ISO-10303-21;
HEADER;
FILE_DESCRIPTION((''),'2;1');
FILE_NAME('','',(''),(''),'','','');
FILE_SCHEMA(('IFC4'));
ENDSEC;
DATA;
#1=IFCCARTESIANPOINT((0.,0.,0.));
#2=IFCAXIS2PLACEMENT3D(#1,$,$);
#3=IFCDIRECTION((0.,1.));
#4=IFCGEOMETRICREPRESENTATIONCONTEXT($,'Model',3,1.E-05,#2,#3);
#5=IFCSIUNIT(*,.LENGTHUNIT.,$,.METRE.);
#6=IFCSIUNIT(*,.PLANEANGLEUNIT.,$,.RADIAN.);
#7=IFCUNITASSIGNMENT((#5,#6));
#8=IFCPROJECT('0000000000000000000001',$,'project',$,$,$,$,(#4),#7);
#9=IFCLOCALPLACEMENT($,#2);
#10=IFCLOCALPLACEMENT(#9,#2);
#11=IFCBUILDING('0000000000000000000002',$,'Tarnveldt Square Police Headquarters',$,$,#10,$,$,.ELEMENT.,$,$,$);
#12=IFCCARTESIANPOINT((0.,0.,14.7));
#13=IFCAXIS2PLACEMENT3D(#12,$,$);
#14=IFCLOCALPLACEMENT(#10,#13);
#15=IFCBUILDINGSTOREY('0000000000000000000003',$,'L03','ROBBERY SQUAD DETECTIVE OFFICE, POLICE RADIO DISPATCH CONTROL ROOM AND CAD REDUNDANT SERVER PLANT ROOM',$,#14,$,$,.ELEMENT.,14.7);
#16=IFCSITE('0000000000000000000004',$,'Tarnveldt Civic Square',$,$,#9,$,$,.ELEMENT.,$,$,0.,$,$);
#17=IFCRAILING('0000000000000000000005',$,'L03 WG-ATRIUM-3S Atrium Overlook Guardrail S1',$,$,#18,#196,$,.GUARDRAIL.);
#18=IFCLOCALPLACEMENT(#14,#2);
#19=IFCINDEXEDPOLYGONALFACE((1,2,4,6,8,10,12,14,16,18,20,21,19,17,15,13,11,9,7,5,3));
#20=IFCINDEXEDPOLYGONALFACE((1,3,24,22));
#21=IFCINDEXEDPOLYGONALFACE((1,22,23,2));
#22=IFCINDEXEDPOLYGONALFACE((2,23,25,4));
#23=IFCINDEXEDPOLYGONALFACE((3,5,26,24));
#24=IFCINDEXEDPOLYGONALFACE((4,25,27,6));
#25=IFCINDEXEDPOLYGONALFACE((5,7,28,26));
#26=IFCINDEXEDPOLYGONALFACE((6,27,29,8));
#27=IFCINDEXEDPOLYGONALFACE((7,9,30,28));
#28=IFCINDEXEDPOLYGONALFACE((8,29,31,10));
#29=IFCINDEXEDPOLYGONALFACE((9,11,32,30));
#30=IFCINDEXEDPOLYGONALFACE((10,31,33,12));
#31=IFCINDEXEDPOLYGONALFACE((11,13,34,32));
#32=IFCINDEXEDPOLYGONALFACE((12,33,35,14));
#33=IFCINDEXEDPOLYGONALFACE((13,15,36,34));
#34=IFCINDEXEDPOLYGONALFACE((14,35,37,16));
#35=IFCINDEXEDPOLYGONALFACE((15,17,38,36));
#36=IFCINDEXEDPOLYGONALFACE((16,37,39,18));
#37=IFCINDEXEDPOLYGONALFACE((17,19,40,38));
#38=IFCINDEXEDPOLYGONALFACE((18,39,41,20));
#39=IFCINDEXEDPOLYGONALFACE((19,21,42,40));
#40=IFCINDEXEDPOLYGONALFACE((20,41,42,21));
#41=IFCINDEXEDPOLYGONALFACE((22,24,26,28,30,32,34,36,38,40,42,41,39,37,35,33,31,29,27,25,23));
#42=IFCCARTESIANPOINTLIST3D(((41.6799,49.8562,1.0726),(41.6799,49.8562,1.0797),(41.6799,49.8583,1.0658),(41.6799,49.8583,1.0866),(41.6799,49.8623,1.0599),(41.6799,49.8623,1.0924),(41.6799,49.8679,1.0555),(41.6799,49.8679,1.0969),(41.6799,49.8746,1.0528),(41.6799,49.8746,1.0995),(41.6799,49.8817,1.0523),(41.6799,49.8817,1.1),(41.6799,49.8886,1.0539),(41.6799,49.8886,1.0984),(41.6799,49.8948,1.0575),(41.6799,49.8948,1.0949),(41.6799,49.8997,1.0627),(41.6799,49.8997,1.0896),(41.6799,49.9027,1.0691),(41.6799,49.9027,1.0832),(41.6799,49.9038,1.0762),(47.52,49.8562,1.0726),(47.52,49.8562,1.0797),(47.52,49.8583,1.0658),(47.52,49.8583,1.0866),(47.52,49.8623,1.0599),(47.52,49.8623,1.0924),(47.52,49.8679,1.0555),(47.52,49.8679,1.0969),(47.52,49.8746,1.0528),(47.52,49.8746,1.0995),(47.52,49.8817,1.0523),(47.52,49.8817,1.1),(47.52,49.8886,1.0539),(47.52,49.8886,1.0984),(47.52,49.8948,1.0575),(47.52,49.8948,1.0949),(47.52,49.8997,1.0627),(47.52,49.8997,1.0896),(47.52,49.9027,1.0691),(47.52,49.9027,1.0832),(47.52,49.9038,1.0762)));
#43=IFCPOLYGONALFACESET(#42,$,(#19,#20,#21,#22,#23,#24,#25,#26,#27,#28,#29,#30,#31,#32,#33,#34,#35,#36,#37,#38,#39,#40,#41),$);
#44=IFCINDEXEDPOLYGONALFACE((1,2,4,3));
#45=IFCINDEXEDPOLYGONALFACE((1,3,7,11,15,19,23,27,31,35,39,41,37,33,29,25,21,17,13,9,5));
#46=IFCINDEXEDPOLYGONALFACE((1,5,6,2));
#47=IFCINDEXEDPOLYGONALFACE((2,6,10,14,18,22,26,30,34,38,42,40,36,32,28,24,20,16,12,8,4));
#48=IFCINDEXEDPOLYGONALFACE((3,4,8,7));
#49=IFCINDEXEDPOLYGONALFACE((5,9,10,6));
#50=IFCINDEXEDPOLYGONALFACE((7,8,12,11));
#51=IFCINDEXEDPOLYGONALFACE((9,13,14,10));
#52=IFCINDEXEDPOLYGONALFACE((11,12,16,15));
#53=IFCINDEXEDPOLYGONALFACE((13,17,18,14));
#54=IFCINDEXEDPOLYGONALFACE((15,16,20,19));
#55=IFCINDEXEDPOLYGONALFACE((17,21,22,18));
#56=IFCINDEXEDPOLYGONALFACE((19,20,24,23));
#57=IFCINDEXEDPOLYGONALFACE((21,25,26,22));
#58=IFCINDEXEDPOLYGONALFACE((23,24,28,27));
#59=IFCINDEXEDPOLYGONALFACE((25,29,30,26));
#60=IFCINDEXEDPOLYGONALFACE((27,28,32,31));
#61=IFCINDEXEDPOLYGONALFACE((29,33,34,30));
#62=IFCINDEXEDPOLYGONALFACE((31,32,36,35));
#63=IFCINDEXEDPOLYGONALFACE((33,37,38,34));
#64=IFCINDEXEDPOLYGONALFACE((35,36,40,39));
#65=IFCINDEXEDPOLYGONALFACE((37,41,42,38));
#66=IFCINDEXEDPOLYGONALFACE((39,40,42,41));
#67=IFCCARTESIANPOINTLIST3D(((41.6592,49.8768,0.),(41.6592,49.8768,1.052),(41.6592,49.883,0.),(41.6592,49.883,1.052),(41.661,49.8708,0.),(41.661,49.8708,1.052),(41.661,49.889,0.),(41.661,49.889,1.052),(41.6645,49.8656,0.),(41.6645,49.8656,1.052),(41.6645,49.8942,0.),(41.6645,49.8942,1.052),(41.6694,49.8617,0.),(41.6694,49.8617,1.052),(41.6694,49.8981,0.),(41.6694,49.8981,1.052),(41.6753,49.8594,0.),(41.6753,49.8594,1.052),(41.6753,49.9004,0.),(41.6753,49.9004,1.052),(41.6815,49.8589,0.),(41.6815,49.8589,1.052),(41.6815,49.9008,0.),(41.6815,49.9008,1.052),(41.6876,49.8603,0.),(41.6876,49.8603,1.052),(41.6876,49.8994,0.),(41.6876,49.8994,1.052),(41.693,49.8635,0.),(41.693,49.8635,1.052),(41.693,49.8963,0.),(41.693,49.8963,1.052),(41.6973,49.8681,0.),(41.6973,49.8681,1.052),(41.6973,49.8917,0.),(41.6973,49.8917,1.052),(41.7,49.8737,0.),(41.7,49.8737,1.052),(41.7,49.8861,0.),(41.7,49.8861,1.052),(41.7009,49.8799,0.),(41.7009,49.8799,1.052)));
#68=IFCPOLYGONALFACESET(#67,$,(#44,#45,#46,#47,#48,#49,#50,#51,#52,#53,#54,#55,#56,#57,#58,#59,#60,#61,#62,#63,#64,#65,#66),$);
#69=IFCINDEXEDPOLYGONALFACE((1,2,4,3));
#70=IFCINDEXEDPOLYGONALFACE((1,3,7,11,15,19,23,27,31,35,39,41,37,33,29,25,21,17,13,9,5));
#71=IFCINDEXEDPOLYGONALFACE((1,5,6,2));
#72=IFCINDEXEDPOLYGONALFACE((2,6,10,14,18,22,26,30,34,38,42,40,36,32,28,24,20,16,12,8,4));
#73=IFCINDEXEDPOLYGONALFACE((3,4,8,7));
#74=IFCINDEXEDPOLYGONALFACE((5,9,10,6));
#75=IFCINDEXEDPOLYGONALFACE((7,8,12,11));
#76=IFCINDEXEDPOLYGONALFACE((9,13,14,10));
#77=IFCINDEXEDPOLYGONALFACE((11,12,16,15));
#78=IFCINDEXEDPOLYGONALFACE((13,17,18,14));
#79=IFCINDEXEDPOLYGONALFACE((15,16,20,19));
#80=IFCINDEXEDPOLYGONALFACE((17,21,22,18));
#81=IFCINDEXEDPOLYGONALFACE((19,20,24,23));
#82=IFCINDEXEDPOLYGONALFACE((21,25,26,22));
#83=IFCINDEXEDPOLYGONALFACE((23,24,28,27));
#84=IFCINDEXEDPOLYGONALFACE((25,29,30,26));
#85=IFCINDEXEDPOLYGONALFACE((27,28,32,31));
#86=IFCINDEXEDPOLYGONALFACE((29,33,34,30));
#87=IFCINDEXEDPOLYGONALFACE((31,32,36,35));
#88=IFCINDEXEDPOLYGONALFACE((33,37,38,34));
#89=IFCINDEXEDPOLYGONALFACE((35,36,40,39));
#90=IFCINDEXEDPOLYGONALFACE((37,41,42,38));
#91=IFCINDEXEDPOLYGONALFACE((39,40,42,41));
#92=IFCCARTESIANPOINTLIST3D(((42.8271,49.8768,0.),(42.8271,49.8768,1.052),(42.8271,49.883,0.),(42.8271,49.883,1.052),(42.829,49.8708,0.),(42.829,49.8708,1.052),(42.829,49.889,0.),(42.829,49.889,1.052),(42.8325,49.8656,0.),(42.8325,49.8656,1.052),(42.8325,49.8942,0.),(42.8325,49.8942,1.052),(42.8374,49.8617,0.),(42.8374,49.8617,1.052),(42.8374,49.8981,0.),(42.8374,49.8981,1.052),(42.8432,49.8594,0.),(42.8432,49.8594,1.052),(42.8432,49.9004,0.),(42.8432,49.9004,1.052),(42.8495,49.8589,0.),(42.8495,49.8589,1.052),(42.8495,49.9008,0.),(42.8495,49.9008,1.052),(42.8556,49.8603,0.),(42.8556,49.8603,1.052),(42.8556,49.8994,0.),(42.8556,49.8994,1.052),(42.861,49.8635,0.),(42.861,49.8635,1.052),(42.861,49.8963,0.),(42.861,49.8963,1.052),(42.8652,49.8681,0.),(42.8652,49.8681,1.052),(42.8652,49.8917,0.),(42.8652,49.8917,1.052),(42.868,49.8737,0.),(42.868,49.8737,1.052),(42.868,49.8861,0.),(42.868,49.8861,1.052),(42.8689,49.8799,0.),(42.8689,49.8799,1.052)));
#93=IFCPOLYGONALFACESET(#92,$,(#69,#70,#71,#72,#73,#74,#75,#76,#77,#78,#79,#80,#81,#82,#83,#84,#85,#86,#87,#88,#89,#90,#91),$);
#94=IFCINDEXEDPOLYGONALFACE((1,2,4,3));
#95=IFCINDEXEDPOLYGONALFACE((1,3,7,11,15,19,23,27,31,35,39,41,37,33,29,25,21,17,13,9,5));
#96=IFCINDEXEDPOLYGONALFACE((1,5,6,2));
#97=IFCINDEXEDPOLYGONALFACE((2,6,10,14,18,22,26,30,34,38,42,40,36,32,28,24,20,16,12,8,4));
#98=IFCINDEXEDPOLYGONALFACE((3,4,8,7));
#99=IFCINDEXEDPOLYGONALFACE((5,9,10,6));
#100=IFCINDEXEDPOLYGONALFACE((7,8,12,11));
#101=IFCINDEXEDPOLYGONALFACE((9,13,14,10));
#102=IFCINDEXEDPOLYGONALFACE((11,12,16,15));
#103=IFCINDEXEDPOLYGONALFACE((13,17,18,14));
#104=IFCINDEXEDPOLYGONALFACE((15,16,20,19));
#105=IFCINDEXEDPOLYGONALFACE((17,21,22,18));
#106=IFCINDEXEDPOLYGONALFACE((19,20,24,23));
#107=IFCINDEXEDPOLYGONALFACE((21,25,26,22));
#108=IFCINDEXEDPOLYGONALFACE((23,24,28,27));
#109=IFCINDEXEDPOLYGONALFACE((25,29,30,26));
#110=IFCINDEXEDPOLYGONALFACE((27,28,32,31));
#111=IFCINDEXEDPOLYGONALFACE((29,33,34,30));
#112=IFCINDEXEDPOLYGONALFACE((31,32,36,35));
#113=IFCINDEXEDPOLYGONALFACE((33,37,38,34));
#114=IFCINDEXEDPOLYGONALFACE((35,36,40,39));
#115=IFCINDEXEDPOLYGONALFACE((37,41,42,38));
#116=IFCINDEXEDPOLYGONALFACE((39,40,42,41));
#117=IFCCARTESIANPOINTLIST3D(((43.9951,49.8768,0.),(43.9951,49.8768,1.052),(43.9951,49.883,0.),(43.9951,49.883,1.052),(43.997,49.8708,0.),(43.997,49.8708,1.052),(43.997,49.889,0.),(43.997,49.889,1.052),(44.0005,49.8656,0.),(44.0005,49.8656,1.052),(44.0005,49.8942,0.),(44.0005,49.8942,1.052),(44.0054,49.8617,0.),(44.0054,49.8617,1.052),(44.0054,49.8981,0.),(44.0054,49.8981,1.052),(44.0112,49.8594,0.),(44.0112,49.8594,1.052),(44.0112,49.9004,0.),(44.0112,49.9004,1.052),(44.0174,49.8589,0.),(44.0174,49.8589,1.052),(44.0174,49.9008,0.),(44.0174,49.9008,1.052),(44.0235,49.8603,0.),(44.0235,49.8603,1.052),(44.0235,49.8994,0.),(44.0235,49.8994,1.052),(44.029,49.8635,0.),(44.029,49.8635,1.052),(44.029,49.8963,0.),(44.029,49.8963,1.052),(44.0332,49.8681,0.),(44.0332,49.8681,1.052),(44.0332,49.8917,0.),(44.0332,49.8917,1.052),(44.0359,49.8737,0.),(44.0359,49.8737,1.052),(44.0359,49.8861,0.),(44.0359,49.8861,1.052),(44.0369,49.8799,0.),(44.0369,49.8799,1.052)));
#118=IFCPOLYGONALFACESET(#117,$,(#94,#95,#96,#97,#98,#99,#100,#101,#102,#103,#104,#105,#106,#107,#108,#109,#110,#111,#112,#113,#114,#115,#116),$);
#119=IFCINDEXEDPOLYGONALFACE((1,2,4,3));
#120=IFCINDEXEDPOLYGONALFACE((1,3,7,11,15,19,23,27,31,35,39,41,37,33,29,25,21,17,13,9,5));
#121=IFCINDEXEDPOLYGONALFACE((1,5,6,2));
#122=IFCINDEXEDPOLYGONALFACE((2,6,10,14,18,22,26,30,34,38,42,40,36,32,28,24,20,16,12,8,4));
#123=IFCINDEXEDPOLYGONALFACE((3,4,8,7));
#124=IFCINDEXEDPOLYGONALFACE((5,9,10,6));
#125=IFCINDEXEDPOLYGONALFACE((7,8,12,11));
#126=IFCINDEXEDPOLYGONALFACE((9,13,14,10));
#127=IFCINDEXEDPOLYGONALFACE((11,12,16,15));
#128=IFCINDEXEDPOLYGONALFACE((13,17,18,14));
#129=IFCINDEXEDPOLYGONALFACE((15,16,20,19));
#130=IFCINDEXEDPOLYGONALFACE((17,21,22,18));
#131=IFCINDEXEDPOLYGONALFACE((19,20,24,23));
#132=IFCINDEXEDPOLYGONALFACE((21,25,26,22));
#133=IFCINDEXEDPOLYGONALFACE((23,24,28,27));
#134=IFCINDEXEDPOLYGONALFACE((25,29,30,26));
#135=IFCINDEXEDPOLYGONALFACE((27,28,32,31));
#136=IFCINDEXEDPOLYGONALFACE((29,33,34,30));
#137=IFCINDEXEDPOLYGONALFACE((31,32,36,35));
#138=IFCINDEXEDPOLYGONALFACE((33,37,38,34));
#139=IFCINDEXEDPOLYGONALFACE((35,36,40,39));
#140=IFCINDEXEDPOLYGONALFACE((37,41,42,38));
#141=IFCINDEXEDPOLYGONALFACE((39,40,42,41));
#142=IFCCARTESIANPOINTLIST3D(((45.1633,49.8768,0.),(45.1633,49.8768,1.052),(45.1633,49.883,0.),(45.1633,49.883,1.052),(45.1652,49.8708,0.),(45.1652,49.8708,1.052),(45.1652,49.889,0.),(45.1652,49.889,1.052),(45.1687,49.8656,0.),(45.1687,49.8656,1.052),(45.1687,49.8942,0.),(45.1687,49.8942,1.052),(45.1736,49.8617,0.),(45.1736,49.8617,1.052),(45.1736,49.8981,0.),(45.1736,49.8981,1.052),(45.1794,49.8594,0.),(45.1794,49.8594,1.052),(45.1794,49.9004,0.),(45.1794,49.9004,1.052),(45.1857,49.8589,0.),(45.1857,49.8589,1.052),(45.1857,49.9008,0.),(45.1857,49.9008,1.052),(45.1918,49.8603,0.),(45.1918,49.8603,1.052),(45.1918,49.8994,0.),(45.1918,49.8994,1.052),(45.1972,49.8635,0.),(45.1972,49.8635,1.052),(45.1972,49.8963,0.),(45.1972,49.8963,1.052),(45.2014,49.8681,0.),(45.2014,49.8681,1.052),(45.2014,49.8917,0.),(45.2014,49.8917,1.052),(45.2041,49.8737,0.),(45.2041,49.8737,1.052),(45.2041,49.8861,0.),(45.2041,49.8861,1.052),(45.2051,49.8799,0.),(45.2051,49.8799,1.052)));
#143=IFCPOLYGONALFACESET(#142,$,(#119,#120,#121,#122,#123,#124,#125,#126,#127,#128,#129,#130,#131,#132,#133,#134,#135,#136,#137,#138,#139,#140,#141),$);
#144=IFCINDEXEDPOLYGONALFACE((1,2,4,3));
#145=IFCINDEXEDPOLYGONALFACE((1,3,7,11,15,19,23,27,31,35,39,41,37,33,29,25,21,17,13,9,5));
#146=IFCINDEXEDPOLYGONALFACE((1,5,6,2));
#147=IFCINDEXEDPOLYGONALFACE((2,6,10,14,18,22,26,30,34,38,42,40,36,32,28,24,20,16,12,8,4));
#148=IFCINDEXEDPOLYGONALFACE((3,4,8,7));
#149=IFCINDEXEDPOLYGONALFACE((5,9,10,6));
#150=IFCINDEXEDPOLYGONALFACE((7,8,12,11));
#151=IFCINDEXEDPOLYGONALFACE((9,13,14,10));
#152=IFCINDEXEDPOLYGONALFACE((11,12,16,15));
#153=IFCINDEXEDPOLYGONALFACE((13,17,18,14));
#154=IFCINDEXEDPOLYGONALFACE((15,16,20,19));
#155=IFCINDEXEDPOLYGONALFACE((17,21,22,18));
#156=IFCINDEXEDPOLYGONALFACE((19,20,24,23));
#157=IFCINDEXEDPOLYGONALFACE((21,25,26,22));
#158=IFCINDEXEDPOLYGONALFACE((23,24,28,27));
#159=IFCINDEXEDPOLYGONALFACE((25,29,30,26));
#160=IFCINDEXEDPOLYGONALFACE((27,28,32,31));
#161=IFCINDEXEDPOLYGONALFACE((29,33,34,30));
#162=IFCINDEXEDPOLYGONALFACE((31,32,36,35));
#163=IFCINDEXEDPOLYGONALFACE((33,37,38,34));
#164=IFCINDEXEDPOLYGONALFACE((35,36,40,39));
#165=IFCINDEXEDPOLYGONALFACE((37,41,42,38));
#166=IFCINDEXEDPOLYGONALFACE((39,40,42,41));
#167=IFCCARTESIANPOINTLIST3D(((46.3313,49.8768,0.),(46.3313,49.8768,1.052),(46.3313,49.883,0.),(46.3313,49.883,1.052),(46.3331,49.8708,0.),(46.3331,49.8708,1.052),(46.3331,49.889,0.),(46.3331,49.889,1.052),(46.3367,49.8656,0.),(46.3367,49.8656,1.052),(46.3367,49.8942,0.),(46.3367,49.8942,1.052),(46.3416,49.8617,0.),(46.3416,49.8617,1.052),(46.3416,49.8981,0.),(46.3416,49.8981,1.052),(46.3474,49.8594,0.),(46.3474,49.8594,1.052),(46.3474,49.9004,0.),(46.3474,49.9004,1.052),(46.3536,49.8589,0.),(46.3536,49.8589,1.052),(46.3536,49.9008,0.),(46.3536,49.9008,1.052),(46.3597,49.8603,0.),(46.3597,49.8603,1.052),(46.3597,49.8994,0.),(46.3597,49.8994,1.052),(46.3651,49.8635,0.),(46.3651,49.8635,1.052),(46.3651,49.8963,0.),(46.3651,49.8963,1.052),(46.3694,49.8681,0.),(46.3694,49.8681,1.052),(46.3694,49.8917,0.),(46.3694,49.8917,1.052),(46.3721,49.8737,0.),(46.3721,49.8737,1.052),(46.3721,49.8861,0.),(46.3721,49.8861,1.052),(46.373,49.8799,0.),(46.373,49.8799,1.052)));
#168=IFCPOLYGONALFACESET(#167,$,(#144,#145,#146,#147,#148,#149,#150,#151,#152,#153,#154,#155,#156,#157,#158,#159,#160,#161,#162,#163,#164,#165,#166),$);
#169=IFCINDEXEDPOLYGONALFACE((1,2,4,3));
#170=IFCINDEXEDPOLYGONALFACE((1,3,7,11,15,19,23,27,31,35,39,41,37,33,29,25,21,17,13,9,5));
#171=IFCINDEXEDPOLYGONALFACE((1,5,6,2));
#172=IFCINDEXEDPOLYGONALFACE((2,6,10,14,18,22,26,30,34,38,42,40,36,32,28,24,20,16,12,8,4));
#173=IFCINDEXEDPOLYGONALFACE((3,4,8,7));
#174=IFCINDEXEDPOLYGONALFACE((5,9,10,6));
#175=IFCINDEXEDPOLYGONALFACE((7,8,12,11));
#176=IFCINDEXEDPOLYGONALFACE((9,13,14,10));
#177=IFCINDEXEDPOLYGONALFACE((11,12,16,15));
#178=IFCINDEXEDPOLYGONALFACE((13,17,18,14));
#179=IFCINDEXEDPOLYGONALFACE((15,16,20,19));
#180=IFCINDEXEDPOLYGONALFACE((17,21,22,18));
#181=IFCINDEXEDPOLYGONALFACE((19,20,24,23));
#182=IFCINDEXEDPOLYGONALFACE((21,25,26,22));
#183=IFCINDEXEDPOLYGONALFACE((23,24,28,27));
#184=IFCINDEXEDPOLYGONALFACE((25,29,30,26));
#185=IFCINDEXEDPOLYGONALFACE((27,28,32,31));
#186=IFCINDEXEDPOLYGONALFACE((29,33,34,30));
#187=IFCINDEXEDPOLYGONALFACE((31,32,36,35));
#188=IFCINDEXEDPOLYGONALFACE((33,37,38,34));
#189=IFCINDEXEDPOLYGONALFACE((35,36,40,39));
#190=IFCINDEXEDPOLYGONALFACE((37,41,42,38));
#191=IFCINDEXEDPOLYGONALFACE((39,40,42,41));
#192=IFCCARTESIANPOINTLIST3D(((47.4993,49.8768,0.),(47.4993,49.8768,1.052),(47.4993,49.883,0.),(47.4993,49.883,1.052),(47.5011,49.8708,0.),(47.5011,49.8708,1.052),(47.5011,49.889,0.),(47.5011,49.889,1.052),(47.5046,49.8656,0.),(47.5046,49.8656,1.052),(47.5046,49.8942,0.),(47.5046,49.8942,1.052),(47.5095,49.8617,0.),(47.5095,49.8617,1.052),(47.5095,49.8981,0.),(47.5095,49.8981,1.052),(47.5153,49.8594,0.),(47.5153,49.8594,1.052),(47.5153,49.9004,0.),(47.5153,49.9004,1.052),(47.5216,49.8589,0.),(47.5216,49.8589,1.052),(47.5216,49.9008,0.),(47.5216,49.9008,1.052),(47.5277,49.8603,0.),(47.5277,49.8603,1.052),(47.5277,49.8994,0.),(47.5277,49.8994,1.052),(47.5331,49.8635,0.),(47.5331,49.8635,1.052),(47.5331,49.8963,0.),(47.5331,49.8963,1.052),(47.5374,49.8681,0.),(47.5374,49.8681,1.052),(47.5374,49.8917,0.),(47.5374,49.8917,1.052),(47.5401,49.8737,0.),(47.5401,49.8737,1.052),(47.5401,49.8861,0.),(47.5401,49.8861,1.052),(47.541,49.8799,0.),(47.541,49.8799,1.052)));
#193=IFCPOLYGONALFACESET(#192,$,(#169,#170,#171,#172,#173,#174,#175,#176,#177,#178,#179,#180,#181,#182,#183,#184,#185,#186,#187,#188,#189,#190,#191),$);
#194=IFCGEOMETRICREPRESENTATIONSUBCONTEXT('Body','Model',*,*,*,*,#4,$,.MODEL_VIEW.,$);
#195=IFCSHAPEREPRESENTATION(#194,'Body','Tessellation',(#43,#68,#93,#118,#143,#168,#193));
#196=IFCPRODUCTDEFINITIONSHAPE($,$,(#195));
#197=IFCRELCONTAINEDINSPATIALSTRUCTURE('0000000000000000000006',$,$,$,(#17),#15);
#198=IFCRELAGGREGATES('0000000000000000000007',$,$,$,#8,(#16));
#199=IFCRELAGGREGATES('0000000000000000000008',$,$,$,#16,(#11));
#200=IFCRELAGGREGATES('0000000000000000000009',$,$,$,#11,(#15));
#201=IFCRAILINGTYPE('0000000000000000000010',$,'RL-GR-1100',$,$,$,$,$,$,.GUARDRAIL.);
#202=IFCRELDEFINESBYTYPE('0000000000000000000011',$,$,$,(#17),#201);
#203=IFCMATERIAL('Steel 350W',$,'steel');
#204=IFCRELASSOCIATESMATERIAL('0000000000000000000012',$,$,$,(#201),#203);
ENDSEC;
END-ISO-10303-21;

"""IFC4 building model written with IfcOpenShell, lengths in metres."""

from ifc_helpers import new_model, si_unit, direction, frame, origin, origin_2d, place, context, subcontext, project, spatial, circle, extrude, material, type_object, element, save


model = new_model("IFC4")

# Units and contexts
model_context = context("Model", 3, precision=1e-05, world=origin(), true_north=direction((0.0, 1.0)))
body_context = subcontext(model_context, "Body", "Model", "MODEL_VIEW")
ifc_project = project(units=[si_unit("LENGTHUNIT", "METRE"), si_unit("PLANEANGLEUNIT", "RADIAN")], contexts=[model_context])

# Site, building, storey
site_placement = place(None, origin())
site = spatial("IfcSite", under=ifc_project, at=site_placement, Name="Tarnveldt Civic Square", CompositionType="ELEMENT", RefElevation=0.0)
building_placement = place(site_placement, origin())
building = spatial("IfcBuilding", under=site, at=building_placement, Name="Tarnveldt Square Police Headquarters", CompositionType="ELEMENT")
storey_placement = place(building_placement, frame((0.0, 0.0, 14.7)))
storey = spatial("IfcBuildingStorey", under=building, at=storey_placement, Name="L03", Description="ROBBERY SQUAD DETECTIVE OFFICE, POLICE RADIO DISPATCH CONTROL ROOM AND CAD REDUNDANT SERVER PLANT ROOM", CompositionType="ELEMENT", Elevation=14.7)

# Railing
ifc_material_1 = material(Name="Steel 350W", Category="steel")
railing_type = type_object("IfcRailingType", Name="RL-GR-1100", PredefinedType="GUARDRAIL", material=ifc_material_1)
railing_1_placement = place(storey_placement, frame((41.6799, 49.8799, 0.0)))
element("IfcRailing", 1, at=railing_1_placement, inside=storey, type_object=railing_type, Name="L03 WG-ATRIUM-3S Atrium Overlook Guardrail S1", PredefinedType="GUARDRAIL", context=body_context, shape_type="SweptSolid", body=[
    extrude(circle(Radius=0.0239, at=origin_2d()), frame((0.0, 0.0, 1.0762), z_axis=(1.0, 0.0, 0.0), x_axis=(0.0, 1.0, 0.0)), (0.0, 0.0, 1.0), 5.8401),
    extrude(circle(Radius=0.021, at=origin_2d()), origin(), (0.0, 0.0, 1.0), 1.052),
    extrude(circle(Radius=0.021, at=origin_2d()), frame((1.168, 0.0, 0.0)), (0.0, 0.0, 1.0), 1.052),
    extrude(circle(Radius=0.021, at=origin_2d()), frame((2.3359, 0.0, 0.0)), (0.0, 0.0, 1.0), 1.052),
    extrude(circle(Radius=0.021, at=origin_2d()), frame((3.5042, 0.0, 0.0)), (0.0, 0.0, 1.0), 1.052),
    extrude(circle(Radius=0.021, at=origin_2d()), frame((4.6721, 0.0, 0.0)), (0.0, 0.0, 1.0), 1.052),
    extrude(circle(Radius=0.021, at=origin_2d()), frame((5.8401, 0.0, 0.0)), (0.0, 0.0, 1.0), 1.052),
])

save(model, "model.ifc")
